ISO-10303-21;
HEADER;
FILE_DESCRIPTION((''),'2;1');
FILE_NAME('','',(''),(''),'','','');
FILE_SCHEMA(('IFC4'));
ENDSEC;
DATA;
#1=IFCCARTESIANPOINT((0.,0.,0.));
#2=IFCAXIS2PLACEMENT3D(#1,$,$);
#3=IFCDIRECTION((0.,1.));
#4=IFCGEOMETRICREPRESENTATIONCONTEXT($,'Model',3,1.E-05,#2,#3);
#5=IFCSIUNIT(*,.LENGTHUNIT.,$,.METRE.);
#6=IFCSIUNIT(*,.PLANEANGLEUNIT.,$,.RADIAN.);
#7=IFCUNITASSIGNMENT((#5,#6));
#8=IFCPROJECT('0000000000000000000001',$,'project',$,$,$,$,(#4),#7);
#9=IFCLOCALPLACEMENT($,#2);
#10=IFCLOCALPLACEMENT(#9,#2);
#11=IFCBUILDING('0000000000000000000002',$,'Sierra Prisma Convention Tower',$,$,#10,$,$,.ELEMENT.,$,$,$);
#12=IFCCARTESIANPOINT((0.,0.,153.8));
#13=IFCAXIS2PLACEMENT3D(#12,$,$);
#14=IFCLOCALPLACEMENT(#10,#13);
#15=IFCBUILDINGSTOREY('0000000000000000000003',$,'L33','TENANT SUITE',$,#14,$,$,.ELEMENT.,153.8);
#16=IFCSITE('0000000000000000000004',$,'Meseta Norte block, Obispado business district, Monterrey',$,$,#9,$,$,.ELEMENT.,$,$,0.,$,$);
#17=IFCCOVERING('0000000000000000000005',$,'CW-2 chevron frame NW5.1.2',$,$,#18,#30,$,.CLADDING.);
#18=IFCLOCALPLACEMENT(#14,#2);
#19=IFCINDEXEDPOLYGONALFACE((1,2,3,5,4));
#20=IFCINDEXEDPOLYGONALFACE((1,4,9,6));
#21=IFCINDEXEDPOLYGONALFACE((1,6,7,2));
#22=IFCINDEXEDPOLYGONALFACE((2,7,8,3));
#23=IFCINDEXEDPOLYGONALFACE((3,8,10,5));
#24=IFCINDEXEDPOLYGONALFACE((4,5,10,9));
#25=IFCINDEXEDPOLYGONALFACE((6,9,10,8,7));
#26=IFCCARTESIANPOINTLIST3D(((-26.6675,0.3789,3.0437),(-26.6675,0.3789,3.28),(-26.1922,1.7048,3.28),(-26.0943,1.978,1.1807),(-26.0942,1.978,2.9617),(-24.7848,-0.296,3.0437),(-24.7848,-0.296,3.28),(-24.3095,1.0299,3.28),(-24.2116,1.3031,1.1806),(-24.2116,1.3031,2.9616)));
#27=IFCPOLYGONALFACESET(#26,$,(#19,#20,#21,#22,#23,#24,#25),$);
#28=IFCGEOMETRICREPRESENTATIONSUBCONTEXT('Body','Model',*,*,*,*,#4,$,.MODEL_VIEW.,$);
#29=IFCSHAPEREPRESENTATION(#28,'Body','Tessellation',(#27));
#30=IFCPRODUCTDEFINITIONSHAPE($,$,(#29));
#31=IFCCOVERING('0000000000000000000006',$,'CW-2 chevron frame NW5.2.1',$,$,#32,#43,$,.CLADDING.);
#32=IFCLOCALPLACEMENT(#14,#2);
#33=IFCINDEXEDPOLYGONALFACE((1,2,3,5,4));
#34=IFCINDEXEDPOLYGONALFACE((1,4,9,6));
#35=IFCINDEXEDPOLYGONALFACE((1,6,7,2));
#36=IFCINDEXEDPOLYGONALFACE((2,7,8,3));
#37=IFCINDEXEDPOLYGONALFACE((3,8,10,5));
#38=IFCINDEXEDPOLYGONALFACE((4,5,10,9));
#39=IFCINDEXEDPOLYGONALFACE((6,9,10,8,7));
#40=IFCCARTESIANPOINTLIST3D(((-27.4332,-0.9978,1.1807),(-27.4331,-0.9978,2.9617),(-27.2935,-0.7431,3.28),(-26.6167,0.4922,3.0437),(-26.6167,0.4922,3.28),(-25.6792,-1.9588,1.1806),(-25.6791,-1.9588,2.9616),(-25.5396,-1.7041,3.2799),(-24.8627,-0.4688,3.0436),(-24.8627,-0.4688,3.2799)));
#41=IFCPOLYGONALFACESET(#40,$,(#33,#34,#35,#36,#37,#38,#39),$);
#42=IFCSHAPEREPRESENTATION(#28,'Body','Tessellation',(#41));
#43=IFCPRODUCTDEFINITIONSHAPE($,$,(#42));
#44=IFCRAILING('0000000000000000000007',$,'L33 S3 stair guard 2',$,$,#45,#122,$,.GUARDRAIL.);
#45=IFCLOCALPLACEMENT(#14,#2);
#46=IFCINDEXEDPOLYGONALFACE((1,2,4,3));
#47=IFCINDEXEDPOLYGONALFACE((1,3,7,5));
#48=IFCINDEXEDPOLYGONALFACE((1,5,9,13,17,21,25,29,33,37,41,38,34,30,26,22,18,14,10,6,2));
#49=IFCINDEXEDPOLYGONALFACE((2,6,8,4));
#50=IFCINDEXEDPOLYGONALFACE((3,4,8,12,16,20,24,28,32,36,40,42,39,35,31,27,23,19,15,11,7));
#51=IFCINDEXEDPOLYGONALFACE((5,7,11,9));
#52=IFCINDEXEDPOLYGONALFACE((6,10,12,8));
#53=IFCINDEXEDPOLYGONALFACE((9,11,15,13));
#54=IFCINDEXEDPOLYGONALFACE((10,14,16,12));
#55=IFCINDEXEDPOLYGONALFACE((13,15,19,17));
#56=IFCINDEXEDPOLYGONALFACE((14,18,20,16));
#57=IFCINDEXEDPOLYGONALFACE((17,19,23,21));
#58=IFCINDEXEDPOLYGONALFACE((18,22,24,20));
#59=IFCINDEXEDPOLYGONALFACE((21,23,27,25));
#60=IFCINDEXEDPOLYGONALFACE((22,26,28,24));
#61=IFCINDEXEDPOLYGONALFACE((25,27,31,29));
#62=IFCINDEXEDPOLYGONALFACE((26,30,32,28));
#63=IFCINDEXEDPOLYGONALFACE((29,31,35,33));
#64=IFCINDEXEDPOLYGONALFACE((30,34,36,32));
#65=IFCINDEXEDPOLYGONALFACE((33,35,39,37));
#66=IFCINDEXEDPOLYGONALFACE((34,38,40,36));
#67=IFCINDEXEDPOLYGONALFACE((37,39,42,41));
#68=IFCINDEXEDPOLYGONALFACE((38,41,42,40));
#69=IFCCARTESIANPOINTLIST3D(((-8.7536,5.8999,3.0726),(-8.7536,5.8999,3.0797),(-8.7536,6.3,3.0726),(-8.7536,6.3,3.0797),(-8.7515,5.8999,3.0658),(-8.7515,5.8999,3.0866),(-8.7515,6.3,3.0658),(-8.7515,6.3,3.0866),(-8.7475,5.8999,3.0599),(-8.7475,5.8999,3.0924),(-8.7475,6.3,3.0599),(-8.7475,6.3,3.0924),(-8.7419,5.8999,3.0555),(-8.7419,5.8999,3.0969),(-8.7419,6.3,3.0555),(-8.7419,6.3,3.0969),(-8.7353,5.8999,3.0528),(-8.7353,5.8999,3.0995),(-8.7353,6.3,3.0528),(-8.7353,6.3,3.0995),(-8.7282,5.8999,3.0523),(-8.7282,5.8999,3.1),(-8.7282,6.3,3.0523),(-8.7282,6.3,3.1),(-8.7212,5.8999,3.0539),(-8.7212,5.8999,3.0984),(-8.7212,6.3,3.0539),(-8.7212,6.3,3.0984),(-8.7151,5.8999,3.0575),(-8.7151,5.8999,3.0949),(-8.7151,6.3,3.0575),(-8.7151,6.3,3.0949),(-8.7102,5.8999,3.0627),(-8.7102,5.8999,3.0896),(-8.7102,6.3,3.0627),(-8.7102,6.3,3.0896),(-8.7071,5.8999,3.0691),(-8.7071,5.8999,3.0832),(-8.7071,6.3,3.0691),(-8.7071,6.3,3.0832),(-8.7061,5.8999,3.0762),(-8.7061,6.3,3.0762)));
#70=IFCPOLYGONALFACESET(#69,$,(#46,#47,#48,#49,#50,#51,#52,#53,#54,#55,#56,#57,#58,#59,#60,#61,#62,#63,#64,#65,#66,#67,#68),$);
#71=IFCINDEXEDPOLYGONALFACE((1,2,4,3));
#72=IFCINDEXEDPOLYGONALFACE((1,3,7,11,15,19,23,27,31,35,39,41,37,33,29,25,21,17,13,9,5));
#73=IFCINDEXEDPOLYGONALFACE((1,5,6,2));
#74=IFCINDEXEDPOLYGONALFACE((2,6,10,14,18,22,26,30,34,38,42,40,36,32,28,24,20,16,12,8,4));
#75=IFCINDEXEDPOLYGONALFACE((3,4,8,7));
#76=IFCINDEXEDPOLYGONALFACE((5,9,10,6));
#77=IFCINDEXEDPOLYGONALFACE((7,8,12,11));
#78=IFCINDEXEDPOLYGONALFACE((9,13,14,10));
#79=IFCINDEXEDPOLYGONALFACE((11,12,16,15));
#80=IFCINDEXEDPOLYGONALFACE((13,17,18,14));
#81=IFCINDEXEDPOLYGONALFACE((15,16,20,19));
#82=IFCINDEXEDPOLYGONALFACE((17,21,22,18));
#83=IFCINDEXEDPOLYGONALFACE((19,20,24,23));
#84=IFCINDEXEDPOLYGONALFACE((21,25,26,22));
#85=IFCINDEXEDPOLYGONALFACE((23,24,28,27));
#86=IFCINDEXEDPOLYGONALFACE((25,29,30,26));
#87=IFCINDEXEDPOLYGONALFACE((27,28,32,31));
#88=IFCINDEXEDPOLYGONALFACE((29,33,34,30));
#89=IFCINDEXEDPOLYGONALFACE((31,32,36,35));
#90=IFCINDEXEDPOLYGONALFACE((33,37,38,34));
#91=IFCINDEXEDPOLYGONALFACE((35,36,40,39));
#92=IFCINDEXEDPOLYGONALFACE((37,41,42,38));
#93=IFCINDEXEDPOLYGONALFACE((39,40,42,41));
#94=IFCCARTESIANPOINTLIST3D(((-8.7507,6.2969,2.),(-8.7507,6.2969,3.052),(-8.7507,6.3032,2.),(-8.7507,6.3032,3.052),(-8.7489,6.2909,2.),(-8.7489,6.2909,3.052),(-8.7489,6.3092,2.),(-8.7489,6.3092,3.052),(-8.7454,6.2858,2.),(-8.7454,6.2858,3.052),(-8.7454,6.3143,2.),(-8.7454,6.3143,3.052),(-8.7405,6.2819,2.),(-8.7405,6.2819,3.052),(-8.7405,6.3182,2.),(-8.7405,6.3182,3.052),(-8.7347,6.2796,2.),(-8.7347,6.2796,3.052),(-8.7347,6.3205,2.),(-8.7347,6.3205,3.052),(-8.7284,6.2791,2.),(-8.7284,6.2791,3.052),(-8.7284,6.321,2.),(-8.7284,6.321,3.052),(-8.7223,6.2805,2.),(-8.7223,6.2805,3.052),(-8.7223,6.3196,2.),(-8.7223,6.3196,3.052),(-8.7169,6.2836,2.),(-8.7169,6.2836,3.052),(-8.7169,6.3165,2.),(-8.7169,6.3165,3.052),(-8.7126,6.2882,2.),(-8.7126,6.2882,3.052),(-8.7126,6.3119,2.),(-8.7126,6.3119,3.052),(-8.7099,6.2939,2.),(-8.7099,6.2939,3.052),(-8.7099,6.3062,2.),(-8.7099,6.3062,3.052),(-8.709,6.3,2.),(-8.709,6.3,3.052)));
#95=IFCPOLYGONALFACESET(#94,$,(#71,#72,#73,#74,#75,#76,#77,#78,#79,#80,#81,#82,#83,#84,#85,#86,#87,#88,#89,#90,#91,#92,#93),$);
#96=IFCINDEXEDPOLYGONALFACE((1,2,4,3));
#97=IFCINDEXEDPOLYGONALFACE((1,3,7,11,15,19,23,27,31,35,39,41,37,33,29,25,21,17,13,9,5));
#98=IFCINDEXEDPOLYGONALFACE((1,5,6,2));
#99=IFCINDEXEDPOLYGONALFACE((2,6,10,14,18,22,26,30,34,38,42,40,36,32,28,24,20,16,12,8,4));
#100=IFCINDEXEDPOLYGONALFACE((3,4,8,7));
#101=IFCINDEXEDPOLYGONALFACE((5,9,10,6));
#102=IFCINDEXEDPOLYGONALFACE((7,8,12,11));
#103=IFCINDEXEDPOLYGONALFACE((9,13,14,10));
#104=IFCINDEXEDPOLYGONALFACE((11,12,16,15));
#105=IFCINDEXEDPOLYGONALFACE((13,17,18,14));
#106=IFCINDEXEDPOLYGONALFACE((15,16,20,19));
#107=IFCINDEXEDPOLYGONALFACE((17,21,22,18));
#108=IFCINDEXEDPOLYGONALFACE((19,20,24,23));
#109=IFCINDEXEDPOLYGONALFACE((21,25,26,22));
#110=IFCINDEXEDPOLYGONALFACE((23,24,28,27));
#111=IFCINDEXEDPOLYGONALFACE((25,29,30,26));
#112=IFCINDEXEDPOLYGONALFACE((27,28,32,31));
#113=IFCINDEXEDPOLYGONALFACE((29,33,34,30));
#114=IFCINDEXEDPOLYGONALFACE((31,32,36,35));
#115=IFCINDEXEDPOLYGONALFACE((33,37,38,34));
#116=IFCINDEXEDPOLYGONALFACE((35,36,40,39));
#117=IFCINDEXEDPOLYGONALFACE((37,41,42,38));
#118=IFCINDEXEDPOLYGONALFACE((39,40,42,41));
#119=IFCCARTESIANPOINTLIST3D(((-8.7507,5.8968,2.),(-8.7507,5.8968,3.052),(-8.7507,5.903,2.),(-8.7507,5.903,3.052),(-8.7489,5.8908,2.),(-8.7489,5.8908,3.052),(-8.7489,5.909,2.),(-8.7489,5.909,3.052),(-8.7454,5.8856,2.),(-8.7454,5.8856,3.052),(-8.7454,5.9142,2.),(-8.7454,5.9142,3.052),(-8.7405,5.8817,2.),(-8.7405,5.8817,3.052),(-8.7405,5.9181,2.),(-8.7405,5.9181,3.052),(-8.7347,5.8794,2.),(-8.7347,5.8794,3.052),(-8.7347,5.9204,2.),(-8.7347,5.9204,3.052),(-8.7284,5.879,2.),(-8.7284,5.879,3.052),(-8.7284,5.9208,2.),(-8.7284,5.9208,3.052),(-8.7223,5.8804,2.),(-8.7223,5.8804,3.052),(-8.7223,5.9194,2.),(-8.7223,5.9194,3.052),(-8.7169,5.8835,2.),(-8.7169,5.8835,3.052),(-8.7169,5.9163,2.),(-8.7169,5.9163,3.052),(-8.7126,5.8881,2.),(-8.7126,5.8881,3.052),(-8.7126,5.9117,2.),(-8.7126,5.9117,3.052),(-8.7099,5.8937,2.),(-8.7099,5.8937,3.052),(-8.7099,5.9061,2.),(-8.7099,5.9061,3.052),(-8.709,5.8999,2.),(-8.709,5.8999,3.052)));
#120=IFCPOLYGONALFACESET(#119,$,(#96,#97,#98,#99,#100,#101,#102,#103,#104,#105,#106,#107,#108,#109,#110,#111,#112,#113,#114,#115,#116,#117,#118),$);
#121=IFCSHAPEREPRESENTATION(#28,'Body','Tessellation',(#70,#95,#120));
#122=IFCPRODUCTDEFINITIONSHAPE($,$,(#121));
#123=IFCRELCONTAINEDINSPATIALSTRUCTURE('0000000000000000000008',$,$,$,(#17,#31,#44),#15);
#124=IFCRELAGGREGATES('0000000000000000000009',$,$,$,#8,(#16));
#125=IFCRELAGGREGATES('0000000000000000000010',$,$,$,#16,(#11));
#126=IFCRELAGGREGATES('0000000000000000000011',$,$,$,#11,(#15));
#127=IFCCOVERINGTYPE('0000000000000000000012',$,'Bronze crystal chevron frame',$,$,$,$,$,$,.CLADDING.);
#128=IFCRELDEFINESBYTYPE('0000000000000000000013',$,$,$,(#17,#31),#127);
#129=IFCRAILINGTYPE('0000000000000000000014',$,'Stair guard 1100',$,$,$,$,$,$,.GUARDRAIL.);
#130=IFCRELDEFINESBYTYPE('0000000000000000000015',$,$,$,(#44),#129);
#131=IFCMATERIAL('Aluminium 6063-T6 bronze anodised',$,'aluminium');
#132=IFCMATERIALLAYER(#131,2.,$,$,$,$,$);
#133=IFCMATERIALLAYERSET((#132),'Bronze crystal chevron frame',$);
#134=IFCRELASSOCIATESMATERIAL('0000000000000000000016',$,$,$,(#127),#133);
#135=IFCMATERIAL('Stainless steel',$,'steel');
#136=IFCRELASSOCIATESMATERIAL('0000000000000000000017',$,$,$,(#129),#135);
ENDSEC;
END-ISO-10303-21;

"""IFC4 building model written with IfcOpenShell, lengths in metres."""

from ifc_helpers import new_model, si_unit, direction, frame, origin, origin_2d, place, context, subcontext, project, spatial, polyline, circle, outline, extrude, material, layer, layer_set, type_object, element, save


model = new_model("IFC4")

# Units and contexts
model_context = context("Model", 3, precision=1e-05, world=origin(), true_north=direction((0.0, 1.0)))
body_context = subcontext(model_context, "Body", "Model", "MODEL_VIEW")
ifc_project = project(units=[si_unit("LENGTHUNIT", "METRE"), si_unit("PLANEANGLEUNIT", "RADIAN")], contexts=[model_context])

# Site, building, storey
site_placement = place(None, origin())
site = spatial("IfcSite", under=ifc_project, at=site_placement, Name="Meseta Norte block, Obispado business district, Monterrey", CompositionType="ELEMENT", RefElevation=0.0)
building_placement = place(site_placement, origin())
building = spatial("IfcBuilding", under=site, at=building_placement, Name="Sierra Prisma Convention Tower", CompositionType="ELEMENT")
storey_placement = place(building_placement, frame((0.0, 0.0, 153.8)))
storey = spatial("IfcBuildingStorey", under=building, at=storey_placement, Name="L33", Description="TENANT SUITE", CompositionType="ELEMENT", Elevation=153.8)

# Coverings
ifc_material_1 = material(Name="Aluminium 6063-T6 bronze anodised", Category="aluminium")
ifc_layer_1 = layer(ifc_material_1, 2.0)
ifc_layer_set_1 = layer_set([ifc_layer_1], Name="Bronze crystal chevron frame")
covering_type = type_object("IfcCoveringType", Name="Bronze crystal chevron frame", PredefinedType="CLADDING", material=ifc_layer_set_1)
covering_1_placement = place(storey_placement, frame((-26.0942, 1.978, 2.9617), z_axis=(-0.941344, 0.337449, 0.000013), x_axis=(-0.000012, 0.000004, -1.0)))
element("IfcCovering", 1, at=covering_1_placement, inside=storey, type_object=covering_type, Name="CW-2 chevron frame NW5.1.2", PredefinedType="CLADDING", context=body_context, shape_type="SweptSolid", body=[
    extrude(outline(polyline([(0.0, 0.0), (1.781, 0.0), (-0.082, 1.6988), (-0.3184, 1.6988), (-0.3184, 0.2902), (0.0, 0.0)])), origin(), (0.0, 0.0, -1.0), 2.0),
])
covering_2_placement = place(storey_placement, frame((-26.6167, 0.4922, 3.28), z_axis=(-0.876987, 0.480515, 0.000048), x_axis=(-0.000042, 0.000023, -1.0)))
element("IfcCovering", 2, at=covering_2_placement, inside=storey, type_object=covering_type, Name="CW-2 chevron frame NW5.2.1", PredefinedType="CLADDING", context=body_context, shape_type="SweptSolid", body=[
    extrude(outline(polyline([(0.0, 0.0), (0.2363, 0.0), (2.0994, 1.699), (0.3184, 1.699), (0.0, 1.4086), (0.0, 0.0)])), origin(), (0.0, 0.0, -1.0), 2.0),
])

# Railing
ifc_material_2 = material(Name="Stainless steel", Category="steel")
railing_type = type_object("IfcRailingType", Name="Stair guard 1100", PredefinedType="GUARDRAIL", material=ifc_material_2)
railing_placement = place(storey_placement, frame((-8.73, 6.3, 2.0)))
element("IfcRailing", 3, at=railing_placement, inside=storey, type_object=railing_type, Name="L33 S3 stair guard 2", PredefinedType="GUARDRAIL", context=body_context, shape_type="SweptSolid", body=[
    extrude(circle(Radius=0.0239, at=origin_2d()), frame((0.0, 0.0, 1.0762), z_axis=(0.0, -1.0, 0.0), x_axis=(1.0, 0.0, 0.0)), (0.0, 0.0, 1.0), 0.4001),
    extrude(circle(Radius=0.021, at=origin_2d()), origin(), (0.0, 0.0, 1.0), 1.052),
    extrude(circle(Radius=0.021, at=origin_2d()), frame((0.0, -0.4001, 0.0)), (0.0, 0.0, 1.0), 1.052),
])

save(model, "model.ifc")
